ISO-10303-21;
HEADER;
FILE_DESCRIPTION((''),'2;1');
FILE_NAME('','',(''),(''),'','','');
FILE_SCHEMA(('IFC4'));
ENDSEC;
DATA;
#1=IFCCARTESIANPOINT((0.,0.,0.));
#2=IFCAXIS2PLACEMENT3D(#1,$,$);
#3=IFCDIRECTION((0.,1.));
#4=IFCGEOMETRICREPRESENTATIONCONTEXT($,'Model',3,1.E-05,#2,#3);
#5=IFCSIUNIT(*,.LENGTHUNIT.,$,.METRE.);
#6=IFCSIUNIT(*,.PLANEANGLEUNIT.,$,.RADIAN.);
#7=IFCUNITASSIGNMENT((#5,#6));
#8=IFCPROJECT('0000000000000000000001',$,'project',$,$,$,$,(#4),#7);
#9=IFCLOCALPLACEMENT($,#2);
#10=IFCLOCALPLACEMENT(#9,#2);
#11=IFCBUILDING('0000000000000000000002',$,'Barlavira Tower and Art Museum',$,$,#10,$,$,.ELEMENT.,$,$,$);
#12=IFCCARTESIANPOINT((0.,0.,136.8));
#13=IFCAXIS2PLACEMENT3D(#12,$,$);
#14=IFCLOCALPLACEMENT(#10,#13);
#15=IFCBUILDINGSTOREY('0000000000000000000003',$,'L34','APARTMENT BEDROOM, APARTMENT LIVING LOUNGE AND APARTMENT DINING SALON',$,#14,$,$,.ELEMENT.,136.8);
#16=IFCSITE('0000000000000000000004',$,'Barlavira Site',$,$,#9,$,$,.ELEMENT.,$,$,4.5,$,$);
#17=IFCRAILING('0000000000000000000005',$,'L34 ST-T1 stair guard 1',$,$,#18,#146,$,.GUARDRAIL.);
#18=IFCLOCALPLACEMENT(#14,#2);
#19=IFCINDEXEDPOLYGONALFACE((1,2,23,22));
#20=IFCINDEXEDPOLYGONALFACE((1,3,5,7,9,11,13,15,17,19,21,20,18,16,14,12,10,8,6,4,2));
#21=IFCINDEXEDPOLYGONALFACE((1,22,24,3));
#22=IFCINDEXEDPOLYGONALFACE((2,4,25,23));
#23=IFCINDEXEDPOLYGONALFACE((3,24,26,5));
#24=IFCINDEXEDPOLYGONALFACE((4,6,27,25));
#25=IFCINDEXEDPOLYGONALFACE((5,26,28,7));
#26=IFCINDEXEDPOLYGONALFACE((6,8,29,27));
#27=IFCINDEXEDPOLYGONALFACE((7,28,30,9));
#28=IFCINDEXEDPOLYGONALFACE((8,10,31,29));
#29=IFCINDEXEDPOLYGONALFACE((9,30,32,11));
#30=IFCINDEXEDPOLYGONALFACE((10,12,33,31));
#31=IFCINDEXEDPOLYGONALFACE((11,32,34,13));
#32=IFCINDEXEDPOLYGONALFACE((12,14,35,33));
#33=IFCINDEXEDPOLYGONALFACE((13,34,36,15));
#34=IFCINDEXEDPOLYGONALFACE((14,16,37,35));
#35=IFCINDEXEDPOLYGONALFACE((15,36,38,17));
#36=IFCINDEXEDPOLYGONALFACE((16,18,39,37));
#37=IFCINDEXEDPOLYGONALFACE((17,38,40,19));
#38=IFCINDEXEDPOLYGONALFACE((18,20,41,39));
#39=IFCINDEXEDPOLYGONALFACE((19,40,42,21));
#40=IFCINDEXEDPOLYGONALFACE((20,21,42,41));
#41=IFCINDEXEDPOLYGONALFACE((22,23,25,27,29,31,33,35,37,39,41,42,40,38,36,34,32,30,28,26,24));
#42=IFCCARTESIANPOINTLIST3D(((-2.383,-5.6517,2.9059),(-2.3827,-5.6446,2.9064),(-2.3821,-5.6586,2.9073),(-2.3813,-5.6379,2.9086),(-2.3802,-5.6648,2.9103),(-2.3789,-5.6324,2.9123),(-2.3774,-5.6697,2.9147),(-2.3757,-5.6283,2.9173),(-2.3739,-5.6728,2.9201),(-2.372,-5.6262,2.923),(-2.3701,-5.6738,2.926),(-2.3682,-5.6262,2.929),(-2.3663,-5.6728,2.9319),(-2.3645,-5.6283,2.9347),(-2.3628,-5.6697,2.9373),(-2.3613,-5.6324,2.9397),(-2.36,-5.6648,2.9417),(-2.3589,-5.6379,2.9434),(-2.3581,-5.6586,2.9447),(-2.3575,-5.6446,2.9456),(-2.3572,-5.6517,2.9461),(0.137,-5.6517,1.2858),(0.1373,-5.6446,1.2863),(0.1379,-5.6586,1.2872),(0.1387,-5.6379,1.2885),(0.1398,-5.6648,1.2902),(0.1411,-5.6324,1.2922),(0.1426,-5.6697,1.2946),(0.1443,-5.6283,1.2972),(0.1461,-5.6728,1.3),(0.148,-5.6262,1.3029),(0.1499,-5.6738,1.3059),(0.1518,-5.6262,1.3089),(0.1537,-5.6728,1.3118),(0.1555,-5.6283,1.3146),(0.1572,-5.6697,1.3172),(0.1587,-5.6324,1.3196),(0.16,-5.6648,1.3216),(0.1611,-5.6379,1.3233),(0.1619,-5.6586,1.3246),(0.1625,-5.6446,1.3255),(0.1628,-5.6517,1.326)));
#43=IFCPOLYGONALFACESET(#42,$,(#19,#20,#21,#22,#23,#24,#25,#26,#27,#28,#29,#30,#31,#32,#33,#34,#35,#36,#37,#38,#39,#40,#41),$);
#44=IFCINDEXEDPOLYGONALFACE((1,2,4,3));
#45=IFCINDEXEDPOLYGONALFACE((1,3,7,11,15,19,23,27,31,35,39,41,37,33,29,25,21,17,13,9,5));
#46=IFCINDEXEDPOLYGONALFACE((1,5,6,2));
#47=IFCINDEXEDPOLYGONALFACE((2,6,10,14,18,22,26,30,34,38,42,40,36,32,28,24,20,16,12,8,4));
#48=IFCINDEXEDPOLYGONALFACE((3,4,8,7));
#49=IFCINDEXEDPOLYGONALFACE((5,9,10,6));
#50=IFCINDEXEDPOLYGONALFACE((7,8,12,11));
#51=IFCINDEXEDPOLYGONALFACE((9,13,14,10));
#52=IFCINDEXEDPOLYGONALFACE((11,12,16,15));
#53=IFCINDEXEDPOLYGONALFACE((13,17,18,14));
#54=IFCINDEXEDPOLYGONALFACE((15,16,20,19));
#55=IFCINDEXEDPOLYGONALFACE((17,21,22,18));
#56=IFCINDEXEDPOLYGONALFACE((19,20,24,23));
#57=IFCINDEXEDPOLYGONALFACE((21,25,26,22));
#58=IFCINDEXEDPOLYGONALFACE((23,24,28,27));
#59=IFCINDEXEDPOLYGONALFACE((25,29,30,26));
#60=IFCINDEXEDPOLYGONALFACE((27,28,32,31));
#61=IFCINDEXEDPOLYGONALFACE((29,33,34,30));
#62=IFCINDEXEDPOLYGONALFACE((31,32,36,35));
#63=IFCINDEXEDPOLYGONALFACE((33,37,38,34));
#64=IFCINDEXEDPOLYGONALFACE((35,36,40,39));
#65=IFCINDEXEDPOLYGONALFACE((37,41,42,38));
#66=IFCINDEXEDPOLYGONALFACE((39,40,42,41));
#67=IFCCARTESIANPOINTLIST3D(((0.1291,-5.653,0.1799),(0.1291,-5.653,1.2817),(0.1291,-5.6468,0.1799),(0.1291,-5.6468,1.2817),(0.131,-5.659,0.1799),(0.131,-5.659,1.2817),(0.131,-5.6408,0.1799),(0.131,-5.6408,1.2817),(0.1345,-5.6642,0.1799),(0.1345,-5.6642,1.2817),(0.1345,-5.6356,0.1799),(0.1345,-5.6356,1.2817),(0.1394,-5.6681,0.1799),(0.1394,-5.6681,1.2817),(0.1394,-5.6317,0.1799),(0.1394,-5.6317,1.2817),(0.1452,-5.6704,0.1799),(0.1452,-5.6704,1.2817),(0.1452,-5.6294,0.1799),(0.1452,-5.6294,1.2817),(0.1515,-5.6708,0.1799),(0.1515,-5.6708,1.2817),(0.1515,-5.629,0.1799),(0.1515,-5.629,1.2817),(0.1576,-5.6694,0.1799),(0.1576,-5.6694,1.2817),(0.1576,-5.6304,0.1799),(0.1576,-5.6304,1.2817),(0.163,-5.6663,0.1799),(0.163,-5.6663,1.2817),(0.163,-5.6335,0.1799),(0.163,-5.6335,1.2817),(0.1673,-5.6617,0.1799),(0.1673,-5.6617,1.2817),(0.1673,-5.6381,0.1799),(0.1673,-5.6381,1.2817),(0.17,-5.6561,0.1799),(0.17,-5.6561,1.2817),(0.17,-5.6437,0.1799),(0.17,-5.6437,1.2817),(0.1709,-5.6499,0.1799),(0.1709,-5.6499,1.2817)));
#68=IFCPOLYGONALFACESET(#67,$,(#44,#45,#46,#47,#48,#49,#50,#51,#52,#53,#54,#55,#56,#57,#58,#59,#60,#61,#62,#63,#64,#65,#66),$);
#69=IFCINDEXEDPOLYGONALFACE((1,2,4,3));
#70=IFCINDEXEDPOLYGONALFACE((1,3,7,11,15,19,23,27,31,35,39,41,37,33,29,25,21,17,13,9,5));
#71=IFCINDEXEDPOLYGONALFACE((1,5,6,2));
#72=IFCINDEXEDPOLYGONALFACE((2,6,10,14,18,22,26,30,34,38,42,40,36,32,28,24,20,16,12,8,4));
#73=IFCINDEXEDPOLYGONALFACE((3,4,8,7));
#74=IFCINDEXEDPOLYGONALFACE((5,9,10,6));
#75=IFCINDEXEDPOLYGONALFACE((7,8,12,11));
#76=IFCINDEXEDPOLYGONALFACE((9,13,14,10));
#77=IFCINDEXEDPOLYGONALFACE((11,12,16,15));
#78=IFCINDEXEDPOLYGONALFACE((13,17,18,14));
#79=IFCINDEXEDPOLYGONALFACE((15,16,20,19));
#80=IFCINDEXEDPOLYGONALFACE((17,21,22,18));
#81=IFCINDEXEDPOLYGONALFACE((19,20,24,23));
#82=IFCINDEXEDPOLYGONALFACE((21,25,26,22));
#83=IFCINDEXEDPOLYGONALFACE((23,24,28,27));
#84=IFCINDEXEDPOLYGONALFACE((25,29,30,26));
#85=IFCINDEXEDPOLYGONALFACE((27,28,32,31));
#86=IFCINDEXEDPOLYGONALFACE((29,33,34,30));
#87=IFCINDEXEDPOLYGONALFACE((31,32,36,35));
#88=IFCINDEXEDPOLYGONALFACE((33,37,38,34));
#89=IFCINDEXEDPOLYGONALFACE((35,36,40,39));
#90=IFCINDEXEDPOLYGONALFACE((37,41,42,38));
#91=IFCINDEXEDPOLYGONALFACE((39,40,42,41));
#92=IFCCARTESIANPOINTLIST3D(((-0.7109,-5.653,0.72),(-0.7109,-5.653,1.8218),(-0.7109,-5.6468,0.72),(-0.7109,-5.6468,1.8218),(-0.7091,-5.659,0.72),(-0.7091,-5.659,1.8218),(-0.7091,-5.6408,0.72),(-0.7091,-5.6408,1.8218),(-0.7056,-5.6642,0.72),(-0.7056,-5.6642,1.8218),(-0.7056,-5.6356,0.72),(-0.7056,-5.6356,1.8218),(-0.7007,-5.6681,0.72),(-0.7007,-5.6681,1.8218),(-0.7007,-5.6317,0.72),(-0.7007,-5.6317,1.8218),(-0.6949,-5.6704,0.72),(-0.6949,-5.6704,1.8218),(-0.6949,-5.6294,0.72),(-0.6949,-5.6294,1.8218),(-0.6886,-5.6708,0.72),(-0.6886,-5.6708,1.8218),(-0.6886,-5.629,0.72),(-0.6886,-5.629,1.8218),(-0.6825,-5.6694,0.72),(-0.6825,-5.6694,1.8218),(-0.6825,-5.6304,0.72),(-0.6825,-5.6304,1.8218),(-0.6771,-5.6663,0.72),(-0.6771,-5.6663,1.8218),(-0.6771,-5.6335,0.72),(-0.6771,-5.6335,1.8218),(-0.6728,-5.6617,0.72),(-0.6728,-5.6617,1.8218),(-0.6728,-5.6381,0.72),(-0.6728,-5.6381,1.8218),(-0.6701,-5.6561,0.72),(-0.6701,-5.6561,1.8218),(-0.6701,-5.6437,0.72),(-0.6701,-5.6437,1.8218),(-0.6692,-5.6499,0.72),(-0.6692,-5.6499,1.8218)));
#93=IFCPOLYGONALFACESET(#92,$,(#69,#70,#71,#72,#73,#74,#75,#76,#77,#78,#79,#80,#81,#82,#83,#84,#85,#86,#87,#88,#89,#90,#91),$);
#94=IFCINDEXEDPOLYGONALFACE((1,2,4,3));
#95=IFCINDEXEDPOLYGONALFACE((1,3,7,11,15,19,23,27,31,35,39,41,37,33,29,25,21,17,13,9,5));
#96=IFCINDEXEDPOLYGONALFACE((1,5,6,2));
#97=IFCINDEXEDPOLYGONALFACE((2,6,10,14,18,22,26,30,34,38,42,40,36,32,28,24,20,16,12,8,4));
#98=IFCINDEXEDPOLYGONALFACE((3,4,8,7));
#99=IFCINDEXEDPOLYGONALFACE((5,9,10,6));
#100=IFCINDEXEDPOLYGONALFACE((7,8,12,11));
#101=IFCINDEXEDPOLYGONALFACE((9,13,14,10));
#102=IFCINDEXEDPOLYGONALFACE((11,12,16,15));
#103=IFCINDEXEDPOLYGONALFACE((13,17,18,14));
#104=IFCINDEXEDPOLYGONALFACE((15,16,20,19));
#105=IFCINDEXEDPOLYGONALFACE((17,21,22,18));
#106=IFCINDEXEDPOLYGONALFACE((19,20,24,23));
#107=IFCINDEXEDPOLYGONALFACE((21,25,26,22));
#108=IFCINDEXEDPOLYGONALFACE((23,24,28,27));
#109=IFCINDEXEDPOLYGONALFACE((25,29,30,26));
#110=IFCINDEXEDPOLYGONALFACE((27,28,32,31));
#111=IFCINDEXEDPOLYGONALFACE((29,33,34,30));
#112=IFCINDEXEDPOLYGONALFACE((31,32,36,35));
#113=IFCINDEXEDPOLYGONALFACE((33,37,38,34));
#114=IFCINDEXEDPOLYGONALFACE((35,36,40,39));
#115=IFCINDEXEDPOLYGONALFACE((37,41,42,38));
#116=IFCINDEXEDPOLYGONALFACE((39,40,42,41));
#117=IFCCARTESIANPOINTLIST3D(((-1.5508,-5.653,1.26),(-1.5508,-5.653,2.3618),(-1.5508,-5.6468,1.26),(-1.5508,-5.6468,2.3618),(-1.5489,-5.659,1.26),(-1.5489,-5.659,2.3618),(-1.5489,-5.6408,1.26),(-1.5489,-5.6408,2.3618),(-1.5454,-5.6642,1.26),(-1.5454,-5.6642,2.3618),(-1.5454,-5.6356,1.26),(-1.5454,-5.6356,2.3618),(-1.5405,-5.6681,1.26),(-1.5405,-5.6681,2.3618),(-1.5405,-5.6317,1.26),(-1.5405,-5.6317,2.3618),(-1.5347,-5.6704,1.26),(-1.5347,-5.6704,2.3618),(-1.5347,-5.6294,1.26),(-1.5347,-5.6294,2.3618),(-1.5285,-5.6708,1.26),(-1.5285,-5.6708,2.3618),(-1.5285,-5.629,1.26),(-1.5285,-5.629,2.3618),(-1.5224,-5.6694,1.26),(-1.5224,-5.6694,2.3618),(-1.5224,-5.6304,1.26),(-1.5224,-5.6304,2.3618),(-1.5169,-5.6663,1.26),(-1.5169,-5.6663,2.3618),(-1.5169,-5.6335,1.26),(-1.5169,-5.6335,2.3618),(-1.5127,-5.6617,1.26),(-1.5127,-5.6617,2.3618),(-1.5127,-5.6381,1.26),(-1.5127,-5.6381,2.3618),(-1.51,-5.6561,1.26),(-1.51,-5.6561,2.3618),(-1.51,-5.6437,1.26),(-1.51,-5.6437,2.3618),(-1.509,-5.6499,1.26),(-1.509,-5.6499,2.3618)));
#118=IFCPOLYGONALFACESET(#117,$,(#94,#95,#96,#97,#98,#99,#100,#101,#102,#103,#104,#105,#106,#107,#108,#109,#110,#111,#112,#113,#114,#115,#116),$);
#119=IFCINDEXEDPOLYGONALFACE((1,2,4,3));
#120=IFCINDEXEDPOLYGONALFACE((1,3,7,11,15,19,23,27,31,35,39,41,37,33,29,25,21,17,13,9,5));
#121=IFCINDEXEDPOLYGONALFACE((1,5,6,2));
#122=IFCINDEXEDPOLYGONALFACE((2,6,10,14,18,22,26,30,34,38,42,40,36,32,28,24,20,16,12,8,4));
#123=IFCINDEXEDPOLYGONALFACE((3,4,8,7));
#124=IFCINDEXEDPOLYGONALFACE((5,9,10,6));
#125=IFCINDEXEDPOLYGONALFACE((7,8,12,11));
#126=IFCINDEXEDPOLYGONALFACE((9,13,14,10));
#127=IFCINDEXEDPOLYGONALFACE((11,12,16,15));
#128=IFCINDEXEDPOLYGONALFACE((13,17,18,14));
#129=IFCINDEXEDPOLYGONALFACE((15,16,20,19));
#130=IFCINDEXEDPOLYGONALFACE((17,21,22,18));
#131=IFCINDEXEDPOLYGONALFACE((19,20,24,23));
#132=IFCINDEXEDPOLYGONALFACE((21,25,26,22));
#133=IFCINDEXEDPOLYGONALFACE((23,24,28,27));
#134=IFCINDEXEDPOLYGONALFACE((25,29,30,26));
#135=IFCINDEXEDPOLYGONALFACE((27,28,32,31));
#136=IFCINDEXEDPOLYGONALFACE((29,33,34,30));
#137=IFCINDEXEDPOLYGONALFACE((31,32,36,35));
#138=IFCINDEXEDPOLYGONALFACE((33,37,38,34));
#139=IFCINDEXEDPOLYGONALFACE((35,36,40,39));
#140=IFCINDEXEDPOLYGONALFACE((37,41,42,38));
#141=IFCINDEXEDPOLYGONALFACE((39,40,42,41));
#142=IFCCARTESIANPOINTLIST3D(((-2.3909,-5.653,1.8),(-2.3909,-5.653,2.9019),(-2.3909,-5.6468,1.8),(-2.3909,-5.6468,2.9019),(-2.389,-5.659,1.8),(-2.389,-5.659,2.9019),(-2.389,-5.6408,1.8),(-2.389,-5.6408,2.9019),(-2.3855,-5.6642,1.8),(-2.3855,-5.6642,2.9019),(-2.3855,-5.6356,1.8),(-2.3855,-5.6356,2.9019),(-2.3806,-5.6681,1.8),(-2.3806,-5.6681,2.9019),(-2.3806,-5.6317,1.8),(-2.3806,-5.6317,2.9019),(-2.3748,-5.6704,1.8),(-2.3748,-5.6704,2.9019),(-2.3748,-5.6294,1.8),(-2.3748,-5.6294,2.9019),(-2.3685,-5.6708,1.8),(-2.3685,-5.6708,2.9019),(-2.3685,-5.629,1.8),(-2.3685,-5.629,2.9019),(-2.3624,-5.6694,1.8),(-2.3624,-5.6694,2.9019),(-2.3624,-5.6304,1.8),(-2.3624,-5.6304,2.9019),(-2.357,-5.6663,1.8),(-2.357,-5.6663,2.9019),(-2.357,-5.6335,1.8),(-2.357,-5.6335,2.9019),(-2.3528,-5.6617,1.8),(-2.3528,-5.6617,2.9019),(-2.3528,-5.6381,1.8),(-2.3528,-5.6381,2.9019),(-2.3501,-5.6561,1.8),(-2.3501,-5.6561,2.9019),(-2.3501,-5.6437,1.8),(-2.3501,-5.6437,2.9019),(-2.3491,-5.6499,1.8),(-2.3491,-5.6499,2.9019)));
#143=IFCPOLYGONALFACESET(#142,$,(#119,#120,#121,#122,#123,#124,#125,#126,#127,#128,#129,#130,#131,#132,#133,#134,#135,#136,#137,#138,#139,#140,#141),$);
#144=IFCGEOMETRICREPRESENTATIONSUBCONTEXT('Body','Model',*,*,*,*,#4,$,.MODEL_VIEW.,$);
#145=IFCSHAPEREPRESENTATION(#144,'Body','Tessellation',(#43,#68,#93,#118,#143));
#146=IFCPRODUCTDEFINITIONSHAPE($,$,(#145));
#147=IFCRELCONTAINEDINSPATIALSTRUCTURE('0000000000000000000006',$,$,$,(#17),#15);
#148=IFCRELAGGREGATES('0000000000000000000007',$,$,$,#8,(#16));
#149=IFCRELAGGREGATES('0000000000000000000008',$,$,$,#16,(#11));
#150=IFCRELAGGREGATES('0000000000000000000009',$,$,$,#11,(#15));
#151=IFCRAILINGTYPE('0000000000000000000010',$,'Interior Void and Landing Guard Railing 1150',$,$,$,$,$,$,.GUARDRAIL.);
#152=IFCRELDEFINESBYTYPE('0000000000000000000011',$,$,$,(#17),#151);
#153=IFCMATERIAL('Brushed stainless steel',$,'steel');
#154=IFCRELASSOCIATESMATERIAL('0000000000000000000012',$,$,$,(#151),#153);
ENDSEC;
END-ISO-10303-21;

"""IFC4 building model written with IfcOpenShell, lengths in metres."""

from ifc_helpers import new_model, si_unit, direction, frame, origin, origin_2d, place, context, subcontext, project, spatial, circle, extrude, material, type_object, element, save


model = new_model("IFC4")

# Units and contexts
model_context = context("Model", 3, precision=1e-05, world=origin(), true_north=direction((0.0, 1.0)))
body_context = subcontext(model_context, "Body", "Model", "MODEL_VIEW")
ifc_project = project(units=[si_unit("LENGTHUNIT", "METRE"), si_unit("PLANEANGLEUNIT", "RADIAN")], contexts=[model_context])

# Site, building, storey
site_placement = place(None, origin())
site = spatial("IfcSite", under=ifc_project, at=site_placement, Name="Barlavira Site", CompositionType="ELEMENT", RefElevation=4.5)
building_placement = place(site_placement, origin())
building = spatial("IfcBuilding", under=site, at=building_placement, Name="Barlavira Tower and Art Museum", CompositionType="ELEMENT")
storey_placement = place(building_placement, frame((0.0, 0.0, 136.8)))
storey = spatial("IfcBuildingStorey", under=building, at=storey_placement, Name="L34", Description="APARTMENT BEDROOM, APARTMENT LIVING LOUNGE AND APARTMENT DINING SALON", CompositionType="ELEMENT", Elevation=136.8)

# Shared definitions
ifc_material_1 = material(Name="Brushed stainless steel", Category="steel")

# Railing
railing_type_1 = type_object("IfcRailingType", Name="Interior Void and Landing Guard Railing 1150", PredefinedType="GUARDRAIL", material=ifc_material_1)
railing_1_placement = place(storey_placement, frame((0.1499, -5.6499, 0.1799)))
element("IfcRailing", 1, at=railing_1_placement, inside=storey, type_object=railing_type_1, Name="L34 ST-T1 stair guard 1", PredefinedType="GUARDRAIL", context=body_context, shape_type="SweptSolid", body=[
    extrude(circle(Radius=0.0239, at=origin_2d()), frame((0.0, 0.0, 1.126), z_axis=(-0.841163, 0.0, 0.540782), x_axis=(0.0, -1.0, 0.0)), (0.0, 0.0, 1.0), 2.9958),
    extrude(circle(Radius=0.021, at=origin_2d()), origin(), (0.0, 0.0, 1.0), 1.1018),
    extrude(circle(Radius=0.021, at=origin_2d()), frame((-0.8401, 0.0, 0.54)), (0.0, 0.0, 1.0), 1.1018),
    extrude(circle(Radius=0.021, at=origin_2d()), frame((-1.6799, 0.0, 1.0801)), (0.0, 0.0, 1.0), 1.1018),
    extrude(circle(Radius=0.021, at=origin_2d()), frame((-2.52, 0.0, 1.6201)), (0.0, 0.0, 1.0), 1.1018),
])

save(model, "model.ifc")
